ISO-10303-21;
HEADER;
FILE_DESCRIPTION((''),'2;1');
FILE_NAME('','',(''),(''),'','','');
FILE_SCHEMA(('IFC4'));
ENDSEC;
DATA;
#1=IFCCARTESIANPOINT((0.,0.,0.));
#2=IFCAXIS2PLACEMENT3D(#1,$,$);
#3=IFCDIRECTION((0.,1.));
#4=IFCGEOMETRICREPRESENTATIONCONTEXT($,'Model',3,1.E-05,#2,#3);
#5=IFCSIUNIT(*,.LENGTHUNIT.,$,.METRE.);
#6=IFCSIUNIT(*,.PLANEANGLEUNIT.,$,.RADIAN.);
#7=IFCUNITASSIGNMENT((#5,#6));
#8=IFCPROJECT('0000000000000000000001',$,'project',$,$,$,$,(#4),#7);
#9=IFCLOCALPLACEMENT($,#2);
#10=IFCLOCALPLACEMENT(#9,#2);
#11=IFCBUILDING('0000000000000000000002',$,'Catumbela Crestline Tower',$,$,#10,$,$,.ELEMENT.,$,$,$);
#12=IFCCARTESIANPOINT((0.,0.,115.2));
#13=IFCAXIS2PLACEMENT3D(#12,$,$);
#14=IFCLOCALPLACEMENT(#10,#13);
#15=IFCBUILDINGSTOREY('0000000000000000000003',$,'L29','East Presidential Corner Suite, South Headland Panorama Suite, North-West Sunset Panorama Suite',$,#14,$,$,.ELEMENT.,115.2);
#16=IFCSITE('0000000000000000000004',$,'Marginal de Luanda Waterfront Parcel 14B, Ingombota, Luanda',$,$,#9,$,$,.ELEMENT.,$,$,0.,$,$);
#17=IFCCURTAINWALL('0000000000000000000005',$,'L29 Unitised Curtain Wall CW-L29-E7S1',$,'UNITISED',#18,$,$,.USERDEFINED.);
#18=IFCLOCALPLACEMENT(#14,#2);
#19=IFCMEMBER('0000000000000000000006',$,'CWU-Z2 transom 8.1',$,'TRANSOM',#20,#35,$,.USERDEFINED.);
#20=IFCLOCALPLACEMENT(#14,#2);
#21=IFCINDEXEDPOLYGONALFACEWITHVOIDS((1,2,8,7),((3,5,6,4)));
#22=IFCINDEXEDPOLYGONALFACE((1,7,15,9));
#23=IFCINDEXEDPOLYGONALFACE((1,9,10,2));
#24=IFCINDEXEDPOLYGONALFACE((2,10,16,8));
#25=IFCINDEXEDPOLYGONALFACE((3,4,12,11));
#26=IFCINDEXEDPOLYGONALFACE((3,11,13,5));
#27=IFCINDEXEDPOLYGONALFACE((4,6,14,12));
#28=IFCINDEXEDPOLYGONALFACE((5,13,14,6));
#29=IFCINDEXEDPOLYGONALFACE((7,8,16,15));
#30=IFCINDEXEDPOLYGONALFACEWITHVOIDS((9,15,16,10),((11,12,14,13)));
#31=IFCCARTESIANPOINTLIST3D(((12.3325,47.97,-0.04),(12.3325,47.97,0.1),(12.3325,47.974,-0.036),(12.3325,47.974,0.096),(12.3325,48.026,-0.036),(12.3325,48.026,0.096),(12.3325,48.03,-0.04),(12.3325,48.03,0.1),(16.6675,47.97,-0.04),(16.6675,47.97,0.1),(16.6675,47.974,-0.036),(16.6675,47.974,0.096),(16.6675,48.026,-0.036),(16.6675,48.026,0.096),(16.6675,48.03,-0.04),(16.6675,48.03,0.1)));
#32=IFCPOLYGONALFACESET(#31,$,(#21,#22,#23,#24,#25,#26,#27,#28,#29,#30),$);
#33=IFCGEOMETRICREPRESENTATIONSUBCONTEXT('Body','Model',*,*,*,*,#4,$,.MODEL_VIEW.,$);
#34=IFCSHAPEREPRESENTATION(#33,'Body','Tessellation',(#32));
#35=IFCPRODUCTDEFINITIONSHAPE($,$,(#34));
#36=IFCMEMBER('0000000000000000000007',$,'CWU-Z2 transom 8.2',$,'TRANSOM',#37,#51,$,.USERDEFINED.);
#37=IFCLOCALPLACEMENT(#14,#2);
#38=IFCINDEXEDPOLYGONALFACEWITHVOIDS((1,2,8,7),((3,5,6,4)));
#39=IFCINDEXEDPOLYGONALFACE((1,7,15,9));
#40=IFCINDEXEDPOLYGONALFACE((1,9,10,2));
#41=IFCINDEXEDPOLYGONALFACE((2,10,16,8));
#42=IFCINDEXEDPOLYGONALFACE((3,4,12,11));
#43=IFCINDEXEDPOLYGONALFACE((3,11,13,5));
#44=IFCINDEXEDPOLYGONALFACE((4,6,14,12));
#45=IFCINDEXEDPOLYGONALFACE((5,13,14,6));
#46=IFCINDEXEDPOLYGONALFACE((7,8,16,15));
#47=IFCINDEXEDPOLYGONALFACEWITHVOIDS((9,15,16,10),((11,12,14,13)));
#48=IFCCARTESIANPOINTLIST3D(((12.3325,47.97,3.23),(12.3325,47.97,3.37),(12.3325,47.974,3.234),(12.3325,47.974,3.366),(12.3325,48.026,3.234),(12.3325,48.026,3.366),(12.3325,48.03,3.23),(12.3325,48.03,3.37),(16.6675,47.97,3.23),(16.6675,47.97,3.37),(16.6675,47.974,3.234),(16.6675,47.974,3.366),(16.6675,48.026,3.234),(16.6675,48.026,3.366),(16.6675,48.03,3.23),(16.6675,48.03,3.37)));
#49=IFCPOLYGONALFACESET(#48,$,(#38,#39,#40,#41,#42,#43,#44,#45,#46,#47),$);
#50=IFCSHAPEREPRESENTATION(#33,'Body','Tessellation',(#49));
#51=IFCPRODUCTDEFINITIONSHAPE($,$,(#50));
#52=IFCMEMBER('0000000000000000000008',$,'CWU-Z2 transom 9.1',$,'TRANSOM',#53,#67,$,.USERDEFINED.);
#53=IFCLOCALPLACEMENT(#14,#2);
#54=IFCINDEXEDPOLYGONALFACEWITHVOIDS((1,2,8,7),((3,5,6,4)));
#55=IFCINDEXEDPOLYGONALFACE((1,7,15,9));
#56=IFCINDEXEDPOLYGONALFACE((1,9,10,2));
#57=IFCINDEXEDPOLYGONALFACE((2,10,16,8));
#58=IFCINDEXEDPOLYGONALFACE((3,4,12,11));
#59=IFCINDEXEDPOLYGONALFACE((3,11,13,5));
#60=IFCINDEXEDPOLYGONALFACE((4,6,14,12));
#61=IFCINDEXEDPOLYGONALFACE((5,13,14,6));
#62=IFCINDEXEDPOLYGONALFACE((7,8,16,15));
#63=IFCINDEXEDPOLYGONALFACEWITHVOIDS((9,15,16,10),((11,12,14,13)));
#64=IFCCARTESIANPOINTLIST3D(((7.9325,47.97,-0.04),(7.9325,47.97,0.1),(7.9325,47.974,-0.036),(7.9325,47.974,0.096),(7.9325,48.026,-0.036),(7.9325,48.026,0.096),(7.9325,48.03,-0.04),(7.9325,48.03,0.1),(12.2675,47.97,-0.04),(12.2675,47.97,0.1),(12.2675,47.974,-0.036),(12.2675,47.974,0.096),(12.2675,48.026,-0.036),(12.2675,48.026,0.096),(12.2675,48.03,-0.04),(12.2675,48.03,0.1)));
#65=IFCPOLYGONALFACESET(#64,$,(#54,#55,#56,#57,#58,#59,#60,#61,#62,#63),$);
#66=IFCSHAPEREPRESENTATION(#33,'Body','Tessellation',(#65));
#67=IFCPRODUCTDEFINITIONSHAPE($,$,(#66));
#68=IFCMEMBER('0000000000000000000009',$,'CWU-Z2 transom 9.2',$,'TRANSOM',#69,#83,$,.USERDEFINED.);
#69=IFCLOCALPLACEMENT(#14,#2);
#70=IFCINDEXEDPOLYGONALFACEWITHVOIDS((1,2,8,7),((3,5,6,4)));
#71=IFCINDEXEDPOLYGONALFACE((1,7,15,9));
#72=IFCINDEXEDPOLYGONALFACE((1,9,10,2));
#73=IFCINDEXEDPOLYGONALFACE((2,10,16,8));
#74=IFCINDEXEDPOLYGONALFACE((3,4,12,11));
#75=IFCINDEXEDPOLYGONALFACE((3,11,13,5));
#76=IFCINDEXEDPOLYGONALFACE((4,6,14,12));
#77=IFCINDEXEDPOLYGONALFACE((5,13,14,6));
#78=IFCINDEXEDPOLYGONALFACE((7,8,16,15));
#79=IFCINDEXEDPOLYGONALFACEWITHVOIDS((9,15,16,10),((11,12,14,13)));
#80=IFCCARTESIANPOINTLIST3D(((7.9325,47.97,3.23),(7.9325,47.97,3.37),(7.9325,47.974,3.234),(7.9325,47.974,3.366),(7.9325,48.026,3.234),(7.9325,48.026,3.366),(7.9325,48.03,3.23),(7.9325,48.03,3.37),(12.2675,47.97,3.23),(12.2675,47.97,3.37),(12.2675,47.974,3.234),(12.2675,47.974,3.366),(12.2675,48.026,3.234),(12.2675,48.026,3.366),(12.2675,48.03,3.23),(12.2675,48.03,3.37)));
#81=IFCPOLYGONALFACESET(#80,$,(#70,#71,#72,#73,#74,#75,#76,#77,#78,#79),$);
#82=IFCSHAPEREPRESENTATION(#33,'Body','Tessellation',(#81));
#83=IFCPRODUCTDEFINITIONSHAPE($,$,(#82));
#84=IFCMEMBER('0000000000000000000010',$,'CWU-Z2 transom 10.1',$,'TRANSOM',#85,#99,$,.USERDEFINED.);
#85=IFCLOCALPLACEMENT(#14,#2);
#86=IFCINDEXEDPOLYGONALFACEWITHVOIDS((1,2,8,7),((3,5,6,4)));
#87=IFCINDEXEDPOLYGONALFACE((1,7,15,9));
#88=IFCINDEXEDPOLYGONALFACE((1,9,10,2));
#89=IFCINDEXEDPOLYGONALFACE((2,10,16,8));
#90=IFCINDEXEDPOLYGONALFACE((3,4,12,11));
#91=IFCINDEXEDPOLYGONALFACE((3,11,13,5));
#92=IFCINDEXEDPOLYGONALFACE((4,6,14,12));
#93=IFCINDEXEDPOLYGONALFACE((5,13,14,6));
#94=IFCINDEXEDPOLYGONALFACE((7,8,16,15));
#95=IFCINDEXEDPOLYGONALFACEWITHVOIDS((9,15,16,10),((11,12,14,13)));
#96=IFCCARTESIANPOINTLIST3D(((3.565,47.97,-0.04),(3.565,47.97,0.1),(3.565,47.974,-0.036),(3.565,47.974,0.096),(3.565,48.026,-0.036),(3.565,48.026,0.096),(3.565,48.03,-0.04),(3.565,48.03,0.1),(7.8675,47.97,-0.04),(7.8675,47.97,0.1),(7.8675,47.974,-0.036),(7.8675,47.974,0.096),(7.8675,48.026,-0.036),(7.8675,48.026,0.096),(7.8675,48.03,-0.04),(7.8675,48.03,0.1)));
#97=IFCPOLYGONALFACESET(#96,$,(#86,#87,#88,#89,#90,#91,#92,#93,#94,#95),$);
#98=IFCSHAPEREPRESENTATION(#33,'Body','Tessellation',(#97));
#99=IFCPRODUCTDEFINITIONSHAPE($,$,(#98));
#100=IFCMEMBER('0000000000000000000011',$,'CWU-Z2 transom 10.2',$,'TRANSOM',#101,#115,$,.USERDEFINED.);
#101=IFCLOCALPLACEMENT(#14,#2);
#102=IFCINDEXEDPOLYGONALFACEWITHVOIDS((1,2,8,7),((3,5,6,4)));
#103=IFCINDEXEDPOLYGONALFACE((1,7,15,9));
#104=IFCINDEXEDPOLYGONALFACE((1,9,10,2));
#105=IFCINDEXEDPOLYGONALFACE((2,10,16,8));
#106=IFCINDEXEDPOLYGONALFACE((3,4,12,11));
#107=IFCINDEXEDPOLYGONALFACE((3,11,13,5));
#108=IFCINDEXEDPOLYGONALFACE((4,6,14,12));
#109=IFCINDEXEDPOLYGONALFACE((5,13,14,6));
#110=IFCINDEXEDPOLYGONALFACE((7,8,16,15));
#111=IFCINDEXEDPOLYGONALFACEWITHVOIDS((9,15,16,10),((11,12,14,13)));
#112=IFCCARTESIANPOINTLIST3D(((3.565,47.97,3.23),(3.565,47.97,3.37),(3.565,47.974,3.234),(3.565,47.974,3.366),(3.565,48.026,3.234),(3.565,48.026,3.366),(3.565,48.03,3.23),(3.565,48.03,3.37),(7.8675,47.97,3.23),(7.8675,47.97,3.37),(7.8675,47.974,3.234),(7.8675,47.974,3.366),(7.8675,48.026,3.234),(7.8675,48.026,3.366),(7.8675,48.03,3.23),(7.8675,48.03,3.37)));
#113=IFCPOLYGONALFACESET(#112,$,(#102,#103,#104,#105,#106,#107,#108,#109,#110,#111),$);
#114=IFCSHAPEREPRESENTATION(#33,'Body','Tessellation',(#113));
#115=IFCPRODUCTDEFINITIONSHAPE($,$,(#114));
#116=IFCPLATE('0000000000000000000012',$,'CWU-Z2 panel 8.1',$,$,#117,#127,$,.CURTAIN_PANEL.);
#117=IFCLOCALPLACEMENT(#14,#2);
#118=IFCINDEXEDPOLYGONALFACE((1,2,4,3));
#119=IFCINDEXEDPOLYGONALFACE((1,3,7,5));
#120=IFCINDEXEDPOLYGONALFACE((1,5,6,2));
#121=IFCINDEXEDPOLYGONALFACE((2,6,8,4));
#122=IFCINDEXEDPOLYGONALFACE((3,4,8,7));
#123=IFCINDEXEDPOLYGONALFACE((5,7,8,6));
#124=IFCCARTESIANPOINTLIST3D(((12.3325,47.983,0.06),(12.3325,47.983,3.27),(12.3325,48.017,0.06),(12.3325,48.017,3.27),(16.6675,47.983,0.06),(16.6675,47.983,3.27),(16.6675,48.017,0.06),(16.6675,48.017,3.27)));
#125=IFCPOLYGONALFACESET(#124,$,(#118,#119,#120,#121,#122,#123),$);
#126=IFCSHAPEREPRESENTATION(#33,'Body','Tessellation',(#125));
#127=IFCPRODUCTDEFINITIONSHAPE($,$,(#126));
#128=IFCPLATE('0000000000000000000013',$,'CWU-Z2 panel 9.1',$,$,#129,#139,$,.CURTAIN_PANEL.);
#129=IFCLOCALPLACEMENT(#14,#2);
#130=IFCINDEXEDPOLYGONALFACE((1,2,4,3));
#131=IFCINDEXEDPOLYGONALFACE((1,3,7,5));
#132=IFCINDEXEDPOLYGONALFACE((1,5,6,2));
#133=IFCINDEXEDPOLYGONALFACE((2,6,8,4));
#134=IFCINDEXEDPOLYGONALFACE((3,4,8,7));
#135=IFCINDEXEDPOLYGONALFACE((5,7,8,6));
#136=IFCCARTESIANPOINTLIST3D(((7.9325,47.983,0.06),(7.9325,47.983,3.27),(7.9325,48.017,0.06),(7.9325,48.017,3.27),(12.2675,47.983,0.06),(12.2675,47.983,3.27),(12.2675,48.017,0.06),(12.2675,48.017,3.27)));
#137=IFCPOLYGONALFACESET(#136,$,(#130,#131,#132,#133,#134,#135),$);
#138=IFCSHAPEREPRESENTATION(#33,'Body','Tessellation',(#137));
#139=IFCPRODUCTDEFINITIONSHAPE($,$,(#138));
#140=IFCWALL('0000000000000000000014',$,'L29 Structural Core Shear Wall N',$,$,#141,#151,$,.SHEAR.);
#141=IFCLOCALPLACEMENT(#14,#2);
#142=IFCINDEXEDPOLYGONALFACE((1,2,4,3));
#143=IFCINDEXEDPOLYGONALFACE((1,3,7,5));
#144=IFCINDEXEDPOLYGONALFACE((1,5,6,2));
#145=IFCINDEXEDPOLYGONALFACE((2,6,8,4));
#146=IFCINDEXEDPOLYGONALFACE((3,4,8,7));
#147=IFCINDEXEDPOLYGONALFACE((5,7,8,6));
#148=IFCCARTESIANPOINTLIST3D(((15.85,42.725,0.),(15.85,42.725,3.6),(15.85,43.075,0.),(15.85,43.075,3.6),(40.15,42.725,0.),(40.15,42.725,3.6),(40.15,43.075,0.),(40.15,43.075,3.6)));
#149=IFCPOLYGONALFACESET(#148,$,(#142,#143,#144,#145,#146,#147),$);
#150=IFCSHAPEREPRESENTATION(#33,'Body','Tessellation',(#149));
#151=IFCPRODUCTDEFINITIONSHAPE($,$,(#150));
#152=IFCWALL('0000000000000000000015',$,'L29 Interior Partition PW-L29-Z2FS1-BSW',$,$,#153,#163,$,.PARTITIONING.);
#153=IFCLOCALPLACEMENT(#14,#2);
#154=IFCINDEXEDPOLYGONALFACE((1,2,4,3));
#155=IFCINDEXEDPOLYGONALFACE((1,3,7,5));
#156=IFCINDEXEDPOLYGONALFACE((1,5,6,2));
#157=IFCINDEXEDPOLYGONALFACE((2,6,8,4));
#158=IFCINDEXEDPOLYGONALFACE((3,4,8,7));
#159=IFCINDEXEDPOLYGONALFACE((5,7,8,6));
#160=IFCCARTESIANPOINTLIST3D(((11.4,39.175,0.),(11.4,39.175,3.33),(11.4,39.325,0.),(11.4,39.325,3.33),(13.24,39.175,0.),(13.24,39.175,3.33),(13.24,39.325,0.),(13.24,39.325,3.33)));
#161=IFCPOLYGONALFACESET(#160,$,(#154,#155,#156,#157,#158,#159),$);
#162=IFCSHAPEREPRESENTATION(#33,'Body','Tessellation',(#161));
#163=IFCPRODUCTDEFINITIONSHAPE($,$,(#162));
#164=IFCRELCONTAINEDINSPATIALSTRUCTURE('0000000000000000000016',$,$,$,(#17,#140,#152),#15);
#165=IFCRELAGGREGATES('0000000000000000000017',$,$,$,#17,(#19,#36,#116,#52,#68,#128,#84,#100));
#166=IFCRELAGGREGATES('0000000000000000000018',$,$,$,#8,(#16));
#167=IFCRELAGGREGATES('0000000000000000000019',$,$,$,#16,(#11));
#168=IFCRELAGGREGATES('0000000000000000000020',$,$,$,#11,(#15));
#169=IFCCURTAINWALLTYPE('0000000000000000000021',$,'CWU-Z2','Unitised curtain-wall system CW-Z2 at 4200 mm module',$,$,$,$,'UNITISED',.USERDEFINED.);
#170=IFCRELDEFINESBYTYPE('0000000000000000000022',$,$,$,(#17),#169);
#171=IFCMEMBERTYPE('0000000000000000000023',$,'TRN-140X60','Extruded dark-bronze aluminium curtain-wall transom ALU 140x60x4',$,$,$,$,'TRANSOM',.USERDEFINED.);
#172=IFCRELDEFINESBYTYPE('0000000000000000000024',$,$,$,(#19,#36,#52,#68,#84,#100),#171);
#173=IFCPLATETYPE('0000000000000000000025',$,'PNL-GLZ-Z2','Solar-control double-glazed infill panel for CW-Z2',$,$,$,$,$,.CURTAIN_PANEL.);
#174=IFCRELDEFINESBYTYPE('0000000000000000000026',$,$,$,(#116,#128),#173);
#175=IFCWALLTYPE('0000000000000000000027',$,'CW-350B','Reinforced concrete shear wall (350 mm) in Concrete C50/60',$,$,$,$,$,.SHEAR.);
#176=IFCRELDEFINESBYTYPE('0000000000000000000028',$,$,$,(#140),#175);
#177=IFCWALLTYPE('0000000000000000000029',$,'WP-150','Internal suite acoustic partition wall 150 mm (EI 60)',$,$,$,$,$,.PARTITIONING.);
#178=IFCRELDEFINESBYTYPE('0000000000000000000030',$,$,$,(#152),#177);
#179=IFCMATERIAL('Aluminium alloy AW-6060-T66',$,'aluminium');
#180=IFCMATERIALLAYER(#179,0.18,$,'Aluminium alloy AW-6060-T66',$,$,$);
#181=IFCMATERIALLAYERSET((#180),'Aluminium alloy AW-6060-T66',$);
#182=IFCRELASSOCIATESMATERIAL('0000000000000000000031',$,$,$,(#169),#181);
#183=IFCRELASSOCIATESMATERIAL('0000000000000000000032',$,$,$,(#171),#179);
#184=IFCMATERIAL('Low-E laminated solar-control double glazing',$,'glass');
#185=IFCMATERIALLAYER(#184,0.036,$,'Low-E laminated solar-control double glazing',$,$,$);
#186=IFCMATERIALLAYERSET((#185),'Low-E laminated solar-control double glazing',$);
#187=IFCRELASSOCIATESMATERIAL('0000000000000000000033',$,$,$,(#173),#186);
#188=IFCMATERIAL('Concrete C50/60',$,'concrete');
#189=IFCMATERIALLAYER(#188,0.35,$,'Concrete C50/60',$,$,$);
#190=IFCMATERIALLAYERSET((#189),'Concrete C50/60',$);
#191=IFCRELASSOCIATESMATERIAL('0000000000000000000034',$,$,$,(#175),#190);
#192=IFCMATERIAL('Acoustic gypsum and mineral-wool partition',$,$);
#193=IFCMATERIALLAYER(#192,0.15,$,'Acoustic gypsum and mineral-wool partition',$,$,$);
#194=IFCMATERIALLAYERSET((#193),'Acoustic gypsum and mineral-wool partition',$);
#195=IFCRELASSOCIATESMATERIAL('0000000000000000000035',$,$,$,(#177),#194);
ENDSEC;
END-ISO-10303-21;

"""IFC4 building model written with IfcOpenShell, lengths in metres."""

from ifc_helpers import new_model, si_unit, direction, frame, frame_2d, origin, origin_2d, place, context, subcontext, project, spatial, rectangle, hollow_rectangle, extrude, material, layer, layer_set, material_profile, profile_set, type_object, element, aggregate, save


model = new_model("IFC4")

# Units and contexts
model_context = context("Model", 3, precision=1e-05, world=origin(), true_north=direction((0.0, 1.0)))
body_context = subcontext(model_context, "Body", "Model", "MODEL_VIEW")
ifc_project = project(units=[si_unit("LENGTHUNIT", "METRE"), si_unit("PLANEANGLEUNIT", "RADIAN")], contexts=[model_context])

# Site, building, storey
site_placement = place(None, origin())
site = spatial("IfcSite", under=ifc_project, at=site_placement, Name="Marginal de Luanda Waterfront Parcel 14B, Ingombota, Luanda", CompositionType="ELEMENT", RefElevation=0.0)
building_placement = place(site_placement, origin())
building = spatial("IfcBuilding", under=site, at=building_placement, Name="Catumbela Crestline Tower", CompositionType="ELEMENT")
storey_placement = place(building_placement, frame((0.0, 0.0, 115.2)))
storey = spatial("IfcBuildingStorey", under=building, at=storey_placement, Name="L29", Description="East Presidential Corner Suite, South Headland Panorama Suite, North-West Sunset Panorama Suite", CompositionType="ELEMENT", Elevation=115.2)

# Shared definitions
ifc_material_1 = material(Name="Concrete C50/60", Category="concrete")

# Curtain wall
ifc_material_2 = material(Name="Aluminium alloy AW-6060-T66", Category="aluminium")
ifc_layer_1 = layer(ifc_material_2, 0.18, Name="Aluminium alloy AW-6060-T66")
ifc_layer_set_1 = layer_set([ifc_layer_1], Name="Aluminium alloy AW-6060-T66")
curtain_wall_type = type_object("IfcCurtainWallType", Name="CWU-Z2", Description="Unitised curtain-wall system CW-Z2 at 4200 mm module", ElementType="UNITISED", PredefinedType="USERDEFINED", material=ifc_layer_set_1)
curtain_wall_placement = place(storey_placement, origin())
curtain_wall = element("IfcCurtainWall", 1, at=curtain_wall_placement, inside=storey, type_object=curtain_wall_type, Name="L29 Unitised Curtain Wall CW-L29-E7S1", ObjectType="UNITISED", PredefinedType="USERDEFINED")

# Members
ifc_material_profile_1 = material_profile(ifc_material_2, hollow_rectangle(XDim=0.06, YDim=0.14, WallThickness=0.004, at=origin_2d()), Name="ALU 140x60x4")
ifc_profile_set_1 = profile_set([ifc_material_profile_1], Name="Aluminium alloy AW-6060-T66")
member_type_1 = type_object("IfcMemberType", Name="TRN-140X60", Description="Extruded dark-bronze aluminium curtain-wall transom ALU 140x60x4", ElementType="TRANSOM", PredefinedType="USERDEFINED", material=ifc_profile_set_1)
member_1_placement = place(storey_placement, frame((16.6675, 48.0, 0.03), z_axis=(-1.0, 0.0, 0.0), x_axis=(0.0, -1.0, 0.0)))
member_1 = element("IfcMember", 2, at=member_1_placement, type_object=member_type_1, Name="CWU-Z2 transom 8.1", ObjectType="TRANSOM", PredefinedType="USERDEFINED", context=body_context, shape_type="SweptSolid", body=[
    extrude(hollow_rectangle(XDim=0.06, YDim=0.14, WallThickness=0.004, at=origin_2d()), origin(), (0.0, 0.0, 1.0), 4.335),
])
member_2_placement = place(storey_placement, frame((16.6675, 48.0, 3.3), z_axis=(-1.0, 0.0, 0.0), x_axis=(0.0, -1.0, 0.0)))
member_2 = element("IfcMember", 3, at=member_2_placement, type_object=member_type_1, Name="CWU-Z2 transom 8.2", ObjectType="TRANSOM", PredefinedType="USERDEFINED", context=body_context, shape_type="SweptSolid", body=[
    extrude(hollow_rectangle(XDim=0.06, YDim=0.14, WallThickness=0.004, at=origin_2d()), origin(), (0.0, 0.0, 1.0), 4.335),
])
member_3_placement = place(storey_placement, frame((12.2675, 48.0, 0.03), z_axis=(-1.0, 0.0, 0.0), x_axis=(0.0, -1.0, 0.0)))
member_3 = element("IfcMember", 4, at=member_3_placement, type_object=member_type_1, Name="CWU-Z2 transom 9.1", ObjectType="TRANSOM", PredefinedType="USERDEFINED", context=body_context, shape_type="SweptSolid", body=[
    extrude(hollow_rectangle(XDim=0.06, YDim=0.14, WallThickness=0.004, at=origin_2d()), origin(), (0.0, 0.0, 1.0), 4.335),
])
member_4_placement = place(storey_placement, frame((12.2675, 48.0, 3.3), z_axis=(-1.0, 0.0, 0.0), x_axis=(0.0, -1.0, 0.0)))
member_4 = element("IfcMember", 5, at=member_4_placement, type_object=member_type_1, Name="CWU-Z2 transom 9.2", ObjectType="TRANSOM", PredefinedType="USERDEFINED", context=body_context, shape_type="SweptSolid", body=[
    extrude(hollow_rectangle(XDim=0.06, YDim=0.14, WallThickness=0.004, at=origin_2d()), origin(), (0.0, 0.0, 1.0), 4.335),
])
member_5_placement = place(storey_placement, frame((7.8675, 48.0, 0.03), z_axis=(-1.0, 0.0, 0.0), x_axis=(0.0, -1.0, 0.0)))
member_5 = element("IfcMember", 6, at=member_5_placement, type_object=member_type_1, Name="CWU-Z2 transom 10.1", ObjectType="TRANSOM", PredefinedType="USERDEFINED", context=body_context, shape_type="SweptSolid", body=[
    extrude(hollow_rectangle(XDim=0.06, YDim=0.14, WallThickness=0.004, at=origin_2d()), origin(), (0.0, 0.0, 1.0), 4.3025),
])
member_6_placement = place(storey_placement, frame((7.8675, 48.0, 3.3), z_axis=(-1.0, 0.0, 0.0), x_axis=(0.0, -1.0, 0.0)))
member_6 = element("IfcMember", 7, at=member_6_placement, type_object=member_type_1, Name="CWU-Z2 transom 10.2", ObjectType="TRANSOM", PredefinedType="USERDEFINED", context=body_context, shape_type="SweptSolid", body=[
    extrude(hollow_rectangle(XDim=0.06, YDim=0.14, WallThickness=0.004, at=origin_2d()), origin(), (0.0, 0.0, 1.0), 4.3025),
])

# Plates
ifc_material_3 = material(Name="Low-E laminated solar-control double glazing", Category="glass")
ifc_layer_2 = layer(ifc_material_3, 0.036, Name="Low-E laminated solar-control double glazing")
ifc_layer_set_2 = layer_set([ifc_layer_2], Name="Low-E laminated solar-control double glazing")
plate_type = type_object("IfcPlateType", Name="PNL-GLZ-Z2", Description="Solar-control double-glazed infill panel for CW-Z2", PredefinedType="CURTAIN_PANEL", material=ifc_layer_set_2)
plate_1_placement = place(storey_placement, frame((14.5, 48.0, 0.06), z_axis=(0.0, 0.0, 1.0), x_axis=(-1.0, 0.0, 0.0)))
plate_1 = element("IfcPlate", 8, at=plate_1_placement, type_object=plate_type, Name="CWU-Z2 panel 8.1", PredefinedType="CURTAIN_PANEL", context=body_context, shape_type="SweptSolid", body=[
    extrude(rectangle(XDim=4.335, YDim=0.034, at=origin_2d()), origin(), (0.0, 0.0, 1.0), 3.21),
])
plate_2_placement = place(storey_placement, frame((10.1, 48.0, 0.06), z_axis=(0.0, 0.0, 1.0), x_axis=(-1.0, 0.0, 0.0)))
plate_2 = element("IfcPlate", 9, at=plate_2_placement, type_object=plate_type, Name="CWU-Z2 panel 9.1", PredefinedType="CURTAIN_PANEL", context=body_context, shape_type="SweptSolid", body=[
    extrude(rectangle(XDim=4.335, YDim=0.034, at=origin_2d()), origin(), (0.0, 0.0, 1.0), 3.21),
])
aggregate(curtain_wall, [member_1, member_2, plate_1, member_3, member_4, plate_2, member_5, member_6])

# Walls
ifc_layer_3 = layer(ifc_material_1, 0.35, Name="Concrete C50/60")
ifc_layer_set_3 = layer_set([ifc_layer_3], Name="Concrete C50/60")
wall_type_1 = type_object("IfcWallType", Name="CW-350B", Description="Reinforced concrete shear wall (350 mm) in Concrete C50/60", PredefinedType="SHEAR", material=ifc_layer_set_3)
wall_1_placement = place(storey_placement, frame((15.85, 42.9, 0.0), z_axis=(0.0, 0.0, 1.0), x_axis=(1.0, 0.0, 0.0)))
element("IfcWall", 10, at=wall_1_placement, inside=storey, type_object=wall_type_1, Name="L29 Structural Core Shear Wall N", PredefinedType="SHEAR", context=body_context, shape_type="SweptSolid", body=[
    extrude(rectangle(XDim=24.3, YDim=0.35, at=frame_2d((12.15, 0.0))), origin(), (0.0, 0.0, 1.0), 3.6),
])
ifc_material_4 = material(Name="Acoustic gypsum and mineral-wool partition")
ifc_layer_4 = layer(ifc_material_4, 0.15, Name="Acoustic gypsum and mineral-wool partition")
ifc_layer_set_4 = layer_set([ifc_layer_4], Name="Acoustic gypsum and mineral-wool partition")
wall_type_2 = type_object("IfcWallType", Name="WP-150", Description="Internal suite acoustic partition wall 150 mm (EI 60)", PredefinedType="PARTITIONING", material=ifc_layer_set_4)
wall_2_placement = place(storey_placement, frame((11.4, 39.25, 0.0), z_axis=(0.0, 0.0, 1.0), x_axis=(1.0, 0.0, 0.0)))
element("IfcWall", 11, at=wall_2_placement, inside=storey, type_object=wall_type_2, Name="L29 Interior Partition PW-L29-Z2FS1-BSW", PredefinedType="PARTITIONING", context=body_context, shape_type="SweptSolid", body=[
    extrude(rectangle(XDim=1.84, YDim=0.15, at=frame_2d((0.92, 0.0))), origin(), (0.0, 0.0, 1.0), 3.33),
])

save(model, "model.ifc")
